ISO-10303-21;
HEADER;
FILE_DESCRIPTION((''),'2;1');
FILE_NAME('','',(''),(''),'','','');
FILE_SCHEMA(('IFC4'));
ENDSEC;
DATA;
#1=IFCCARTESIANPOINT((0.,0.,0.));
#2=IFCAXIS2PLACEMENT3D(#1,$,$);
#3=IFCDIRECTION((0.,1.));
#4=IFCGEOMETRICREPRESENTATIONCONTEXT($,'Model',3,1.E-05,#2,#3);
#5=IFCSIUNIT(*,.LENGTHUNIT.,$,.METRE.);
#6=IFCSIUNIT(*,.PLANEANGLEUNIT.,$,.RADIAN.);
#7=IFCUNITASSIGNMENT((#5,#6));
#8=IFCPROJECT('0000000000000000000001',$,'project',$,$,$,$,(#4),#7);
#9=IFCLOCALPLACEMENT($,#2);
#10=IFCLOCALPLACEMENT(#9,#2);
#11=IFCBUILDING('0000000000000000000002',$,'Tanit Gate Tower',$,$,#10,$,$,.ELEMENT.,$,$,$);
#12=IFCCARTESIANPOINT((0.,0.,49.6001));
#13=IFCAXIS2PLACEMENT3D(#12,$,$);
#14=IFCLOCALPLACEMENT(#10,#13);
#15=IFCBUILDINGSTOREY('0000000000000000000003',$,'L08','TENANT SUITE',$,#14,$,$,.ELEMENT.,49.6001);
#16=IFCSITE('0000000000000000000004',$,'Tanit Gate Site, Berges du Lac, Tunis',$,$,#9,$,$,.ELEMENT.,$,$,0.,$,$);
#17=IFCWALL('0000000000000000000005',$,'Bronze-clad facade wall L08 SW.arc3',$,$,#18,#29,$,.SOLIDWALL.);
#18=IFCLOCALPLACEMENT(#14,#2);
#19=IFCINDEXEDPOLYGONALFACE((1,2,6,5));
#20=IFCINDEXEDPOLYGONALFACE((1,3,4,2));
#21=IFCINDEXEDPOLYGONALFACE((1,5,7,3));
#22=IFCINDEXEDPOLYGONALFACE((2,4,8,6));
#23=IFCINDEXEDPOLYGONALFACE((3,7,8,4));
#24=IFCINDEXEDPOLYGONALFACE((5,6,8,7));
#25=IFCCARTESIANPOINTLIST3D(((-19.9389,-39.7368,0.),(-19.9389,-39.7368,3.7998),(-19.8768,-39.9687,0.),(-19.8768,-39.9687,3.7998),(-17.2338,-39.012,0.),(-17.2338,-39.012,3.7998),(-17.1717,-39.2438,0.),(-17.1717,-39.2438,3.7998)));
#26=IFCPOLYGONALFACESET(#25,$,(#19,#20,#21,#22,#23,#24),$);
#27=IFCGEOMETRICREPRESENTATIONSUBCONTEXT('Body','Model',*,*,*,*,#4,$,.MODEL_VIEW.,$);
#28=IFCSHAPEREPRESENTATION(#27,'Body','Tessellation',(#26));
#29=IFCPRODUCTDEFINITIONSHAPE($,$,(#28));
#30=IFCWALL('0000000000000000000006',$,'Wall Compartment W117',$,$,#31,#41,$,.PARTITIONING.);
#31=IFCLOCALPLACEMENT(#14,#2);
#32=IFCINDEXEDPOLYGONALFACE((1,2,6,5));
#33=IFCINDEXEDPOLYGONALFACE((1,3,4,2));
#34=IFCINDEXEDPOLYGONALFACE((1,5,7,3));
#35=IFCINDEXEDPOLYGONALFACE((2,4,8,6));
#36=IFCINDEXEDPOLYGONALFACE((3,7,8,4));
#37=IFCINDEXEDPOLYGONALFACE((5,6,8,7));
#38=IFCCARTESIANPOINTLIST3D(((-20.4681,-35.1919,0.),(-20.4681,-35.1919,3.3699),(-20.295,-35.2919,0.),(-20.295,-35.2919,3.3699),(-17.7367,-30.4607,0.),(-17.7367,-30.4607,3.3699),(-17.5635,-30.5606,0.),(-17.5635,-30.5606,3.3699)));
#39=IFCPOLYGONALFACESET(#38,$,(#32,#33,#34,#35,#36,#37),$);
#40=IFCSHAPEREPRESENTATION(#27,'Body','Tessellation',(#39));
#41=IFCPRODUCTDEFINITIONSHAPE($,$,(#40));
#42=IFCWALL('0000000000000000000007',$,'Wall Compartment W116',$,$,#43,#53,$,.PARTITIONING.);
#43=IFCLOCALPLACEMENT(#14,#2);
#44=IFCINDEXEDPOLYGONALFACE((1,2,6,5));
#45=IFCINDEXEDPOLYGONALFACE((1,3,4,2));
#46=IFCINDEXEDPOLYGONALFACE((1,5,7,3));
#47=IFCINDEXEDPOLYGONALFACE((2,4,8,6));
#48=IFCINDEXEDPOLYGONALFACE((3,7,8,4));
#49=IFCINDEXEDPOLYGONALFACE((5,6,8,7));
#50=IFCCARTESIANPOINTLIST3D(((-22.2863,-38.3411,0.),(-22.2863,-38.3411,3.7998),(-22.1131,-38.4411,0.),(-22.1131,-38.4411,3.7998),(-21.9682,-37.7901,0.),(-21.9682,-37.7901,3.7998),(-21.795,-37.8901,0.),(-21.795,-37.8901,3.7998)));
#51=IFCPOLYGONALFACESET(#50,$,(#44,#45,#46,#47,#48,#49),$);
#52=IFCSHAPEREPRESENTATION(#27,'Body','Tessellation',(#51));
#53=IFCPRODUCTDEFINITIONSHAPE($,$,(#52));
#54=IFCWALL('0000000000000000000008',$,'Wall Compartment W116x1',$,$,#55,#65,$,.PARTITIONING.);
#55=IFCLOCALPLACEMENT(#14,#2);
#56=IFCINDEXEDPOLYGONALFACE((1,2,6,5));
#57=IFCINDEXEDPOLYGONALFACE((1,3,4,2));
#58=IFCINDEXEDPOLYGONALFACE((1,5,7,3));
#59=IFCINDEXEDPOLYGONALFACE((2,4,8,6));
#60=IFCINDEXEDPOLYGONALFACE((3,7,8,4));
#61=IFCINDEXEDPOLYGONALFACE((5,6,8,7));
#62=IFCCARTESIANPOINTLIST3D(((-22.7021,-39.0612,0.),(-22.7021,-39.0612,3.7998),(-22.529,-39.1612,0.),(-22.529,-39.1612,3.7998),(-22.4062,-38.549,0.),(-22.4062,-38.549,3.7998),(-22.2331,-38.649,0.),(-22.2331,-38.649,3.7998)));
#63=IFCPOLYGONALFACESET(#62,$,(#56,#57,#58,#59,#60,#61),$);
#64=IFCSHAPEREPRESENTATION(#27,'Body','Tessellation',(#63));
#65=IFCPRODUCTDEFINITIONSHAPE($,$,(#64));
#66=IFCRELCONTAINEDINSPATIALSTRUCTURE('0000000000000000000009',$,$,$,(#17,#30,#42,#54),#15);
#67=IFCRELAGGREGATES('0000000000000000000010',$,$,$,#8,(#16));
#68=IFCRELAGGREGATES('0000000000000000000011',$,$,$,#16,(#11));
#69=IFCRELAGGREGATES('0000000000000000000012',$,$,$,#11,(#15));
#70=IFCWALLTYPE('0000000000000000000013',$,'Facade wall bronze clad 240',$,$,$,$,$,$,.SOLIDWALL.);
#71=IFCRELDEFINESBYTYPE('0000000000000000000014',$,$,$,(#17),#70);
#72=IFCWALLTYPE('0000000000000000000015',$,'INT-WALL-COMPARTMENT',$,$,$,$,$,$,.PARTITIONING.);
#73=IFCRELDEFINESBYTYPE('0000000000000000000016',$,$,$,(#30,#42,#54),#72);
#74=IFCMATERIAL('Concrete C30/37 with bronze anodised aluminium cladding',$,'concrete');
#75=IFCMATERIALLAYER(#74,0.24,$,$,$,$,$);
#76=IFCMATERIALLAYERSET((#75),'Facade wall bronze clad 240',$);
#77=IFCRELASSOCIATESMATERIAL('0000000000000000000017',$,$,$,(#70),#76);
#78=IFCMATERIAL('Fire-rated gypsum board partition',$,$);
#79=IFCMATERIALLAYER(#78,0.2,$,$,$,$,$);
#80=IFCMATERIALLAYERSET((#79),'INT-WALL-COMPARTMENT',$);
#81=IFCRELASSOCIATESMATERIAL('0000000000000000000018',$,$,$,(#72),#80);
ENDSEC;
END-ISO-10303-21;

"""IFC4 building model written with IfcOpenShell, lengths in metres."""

from ifc_helpers import new_model, si_unit, direction, frame, frame_2d, origin, place, context, subcontext, project, spatial, rectangle, extrude, material, layer, layer_set, type_object, element, save


model = new_model("IFC4")

# Units and contexts
model_context = context("Model", 3, precision=1e-05, world=origin(), true_north=direction((0.0, 1.0)))
body_context = subcontext(model_context, "Body", "Model", "MODEL_VIEW")
ifc_project = project(units=[si_unit("LENGTHUNIT", "METRE"), si_unit("PLANEANGLEUNIT", "RADIAN")], contexts=[model_context])

# Site, building, storey
site_placement = place(None, origin())
site = spatial("IfcSite", under=ifc_project, at=site_placement, Name="Tanit Gate Site, Berges du Lac, Tunis", CompositionType="ELEMENT", RefElevation=0.0)
building_placement = place(site_placement, origin())
building = spatial("IfcBuilding", under=site, at=building_placement, Name="Tanit Gate Tower", CompositionType="ELEMENT")
storey_placement = place(building_placement, frame((0.0, 0.0, 49.6001)))
storey = spatial("IfcBuildingStorey", under=building, at=storey_placement, Name="L08", Description="TENANT SUITE", CompositionType="ELEMENT", Elevation=49.6001)

# Walls
ifc_material_1 = material(Name="Concrete C30/37 with bronze anodised aluminium cladding", Category="concrete")
ifc_layer_1 = layer(ifc_material_1, 0.24)
ifc_layer_set_1 = layer_set([ifc_layer_1], Name="Facade wall bronze clad 240")
wall_type_1 = type_object("IfcWallType", Name="Facade wall bronze clad 240", PredefinedType="SOLIDWALL", material=ifc_layer_set_1)
wall_1_placement = place(storey_placement, frame((-19.908, -39.8528, 0.0), z_axis=(0.0, 0.0, 1.0), x_axis=(0.965923, 0.258829, 0.0)))
element("IfcWall", 1, at=wall_1_placement, inside=storey, type_object=wall_type_1, Name="Bronze-clad facade wall L08 SW.arc3", PredefinedType="SOLIDWALL", context=body_context, shape_type="SweptSolid", body=[
    extrude(rectangle(XDim=2.8005, YDim=0.24, at=frame_2d((1.4004, 0.0))), origin(), (0.0, 0.0, 1.0), 3.7998),
])
ifc_material_2 = material(Name="Fire-rated gypsum board partition")
ifc_layer_2 = layer(ifc_material_2, 0.2)
ifc_layer_set_2 = layer_set([ifc_layer_2], Name="INT-WALL-COMPARTMENT")
wall_type_2 = type_object("IfcWallType", Name="INT-WALL-COMPARTMENT", PredefinedType="PARTITIONING", material=ifc_layer_set_2)
wall_2_placement = place(storey_placement, frame((-17.6501, -30.5107, 0.0), z_axis=(0.0, 0.0, 1.0), x_axis=(-0.499984, -0.866035, 0.0)))
element("IfcWall", 2, at=wall_2_placement, inside=storey, type_object=wall_type_2, Name="Wall Compartment W117", PredefinedType="PARTITIONING", context=body_context, shape_type="SweptSolid", body=[
    extrude(rectangle(XDim=5.4631, YDim=0.2, at=frame_2d((2.7314, 0.0))), origin(), (0.0, 0.0, 1.0), 3.3699),
])
wall_3_placement = place(storey_placement, frame((-21.8816, -37.8401, 0.0), z_axis=(0.0, 0.0, 1.0), x_axis=(-0.499977, -0.866039, 0.0)))
element("IfcWall", 3, at=wall_3_placement, inside=storey, type_object=wall_type_2, Name="Wall Compartment W116", PredefinedType="PARTITIONING", context=body_context, shape_type="SweptSolid", body=[
    extrude(rectangle(XDim=0.6362, YDim=0.2, at=frame_2d((0.3181, 0.0))), origin(), (0.0, 0.0, 1.0), 3.7998),
])
wall_4_placement = place(storey_placement, frame((-22.3196, -38.5989, 0.0), z_axis=(0.0, 0.0, 1.0), x_axis=(-0.500223, -0.865897, 0.0)))
element("IfcWall", 4, at=wall_4_placement, inside=storey, type_object=wall_type_2, Name="Wall Compartment W116x1", PredefinedType="PARTITIONING", context=body_context, shape_type="SweptSolid", body=[
    extrude(rectangle(XDim=0.5916, YDim=0.2, at=frame_2d((0.2959, 0.0))), origin(), (0.0, 0.0, 1.0), 3.7998),
])

save(model, "model.ifc")
